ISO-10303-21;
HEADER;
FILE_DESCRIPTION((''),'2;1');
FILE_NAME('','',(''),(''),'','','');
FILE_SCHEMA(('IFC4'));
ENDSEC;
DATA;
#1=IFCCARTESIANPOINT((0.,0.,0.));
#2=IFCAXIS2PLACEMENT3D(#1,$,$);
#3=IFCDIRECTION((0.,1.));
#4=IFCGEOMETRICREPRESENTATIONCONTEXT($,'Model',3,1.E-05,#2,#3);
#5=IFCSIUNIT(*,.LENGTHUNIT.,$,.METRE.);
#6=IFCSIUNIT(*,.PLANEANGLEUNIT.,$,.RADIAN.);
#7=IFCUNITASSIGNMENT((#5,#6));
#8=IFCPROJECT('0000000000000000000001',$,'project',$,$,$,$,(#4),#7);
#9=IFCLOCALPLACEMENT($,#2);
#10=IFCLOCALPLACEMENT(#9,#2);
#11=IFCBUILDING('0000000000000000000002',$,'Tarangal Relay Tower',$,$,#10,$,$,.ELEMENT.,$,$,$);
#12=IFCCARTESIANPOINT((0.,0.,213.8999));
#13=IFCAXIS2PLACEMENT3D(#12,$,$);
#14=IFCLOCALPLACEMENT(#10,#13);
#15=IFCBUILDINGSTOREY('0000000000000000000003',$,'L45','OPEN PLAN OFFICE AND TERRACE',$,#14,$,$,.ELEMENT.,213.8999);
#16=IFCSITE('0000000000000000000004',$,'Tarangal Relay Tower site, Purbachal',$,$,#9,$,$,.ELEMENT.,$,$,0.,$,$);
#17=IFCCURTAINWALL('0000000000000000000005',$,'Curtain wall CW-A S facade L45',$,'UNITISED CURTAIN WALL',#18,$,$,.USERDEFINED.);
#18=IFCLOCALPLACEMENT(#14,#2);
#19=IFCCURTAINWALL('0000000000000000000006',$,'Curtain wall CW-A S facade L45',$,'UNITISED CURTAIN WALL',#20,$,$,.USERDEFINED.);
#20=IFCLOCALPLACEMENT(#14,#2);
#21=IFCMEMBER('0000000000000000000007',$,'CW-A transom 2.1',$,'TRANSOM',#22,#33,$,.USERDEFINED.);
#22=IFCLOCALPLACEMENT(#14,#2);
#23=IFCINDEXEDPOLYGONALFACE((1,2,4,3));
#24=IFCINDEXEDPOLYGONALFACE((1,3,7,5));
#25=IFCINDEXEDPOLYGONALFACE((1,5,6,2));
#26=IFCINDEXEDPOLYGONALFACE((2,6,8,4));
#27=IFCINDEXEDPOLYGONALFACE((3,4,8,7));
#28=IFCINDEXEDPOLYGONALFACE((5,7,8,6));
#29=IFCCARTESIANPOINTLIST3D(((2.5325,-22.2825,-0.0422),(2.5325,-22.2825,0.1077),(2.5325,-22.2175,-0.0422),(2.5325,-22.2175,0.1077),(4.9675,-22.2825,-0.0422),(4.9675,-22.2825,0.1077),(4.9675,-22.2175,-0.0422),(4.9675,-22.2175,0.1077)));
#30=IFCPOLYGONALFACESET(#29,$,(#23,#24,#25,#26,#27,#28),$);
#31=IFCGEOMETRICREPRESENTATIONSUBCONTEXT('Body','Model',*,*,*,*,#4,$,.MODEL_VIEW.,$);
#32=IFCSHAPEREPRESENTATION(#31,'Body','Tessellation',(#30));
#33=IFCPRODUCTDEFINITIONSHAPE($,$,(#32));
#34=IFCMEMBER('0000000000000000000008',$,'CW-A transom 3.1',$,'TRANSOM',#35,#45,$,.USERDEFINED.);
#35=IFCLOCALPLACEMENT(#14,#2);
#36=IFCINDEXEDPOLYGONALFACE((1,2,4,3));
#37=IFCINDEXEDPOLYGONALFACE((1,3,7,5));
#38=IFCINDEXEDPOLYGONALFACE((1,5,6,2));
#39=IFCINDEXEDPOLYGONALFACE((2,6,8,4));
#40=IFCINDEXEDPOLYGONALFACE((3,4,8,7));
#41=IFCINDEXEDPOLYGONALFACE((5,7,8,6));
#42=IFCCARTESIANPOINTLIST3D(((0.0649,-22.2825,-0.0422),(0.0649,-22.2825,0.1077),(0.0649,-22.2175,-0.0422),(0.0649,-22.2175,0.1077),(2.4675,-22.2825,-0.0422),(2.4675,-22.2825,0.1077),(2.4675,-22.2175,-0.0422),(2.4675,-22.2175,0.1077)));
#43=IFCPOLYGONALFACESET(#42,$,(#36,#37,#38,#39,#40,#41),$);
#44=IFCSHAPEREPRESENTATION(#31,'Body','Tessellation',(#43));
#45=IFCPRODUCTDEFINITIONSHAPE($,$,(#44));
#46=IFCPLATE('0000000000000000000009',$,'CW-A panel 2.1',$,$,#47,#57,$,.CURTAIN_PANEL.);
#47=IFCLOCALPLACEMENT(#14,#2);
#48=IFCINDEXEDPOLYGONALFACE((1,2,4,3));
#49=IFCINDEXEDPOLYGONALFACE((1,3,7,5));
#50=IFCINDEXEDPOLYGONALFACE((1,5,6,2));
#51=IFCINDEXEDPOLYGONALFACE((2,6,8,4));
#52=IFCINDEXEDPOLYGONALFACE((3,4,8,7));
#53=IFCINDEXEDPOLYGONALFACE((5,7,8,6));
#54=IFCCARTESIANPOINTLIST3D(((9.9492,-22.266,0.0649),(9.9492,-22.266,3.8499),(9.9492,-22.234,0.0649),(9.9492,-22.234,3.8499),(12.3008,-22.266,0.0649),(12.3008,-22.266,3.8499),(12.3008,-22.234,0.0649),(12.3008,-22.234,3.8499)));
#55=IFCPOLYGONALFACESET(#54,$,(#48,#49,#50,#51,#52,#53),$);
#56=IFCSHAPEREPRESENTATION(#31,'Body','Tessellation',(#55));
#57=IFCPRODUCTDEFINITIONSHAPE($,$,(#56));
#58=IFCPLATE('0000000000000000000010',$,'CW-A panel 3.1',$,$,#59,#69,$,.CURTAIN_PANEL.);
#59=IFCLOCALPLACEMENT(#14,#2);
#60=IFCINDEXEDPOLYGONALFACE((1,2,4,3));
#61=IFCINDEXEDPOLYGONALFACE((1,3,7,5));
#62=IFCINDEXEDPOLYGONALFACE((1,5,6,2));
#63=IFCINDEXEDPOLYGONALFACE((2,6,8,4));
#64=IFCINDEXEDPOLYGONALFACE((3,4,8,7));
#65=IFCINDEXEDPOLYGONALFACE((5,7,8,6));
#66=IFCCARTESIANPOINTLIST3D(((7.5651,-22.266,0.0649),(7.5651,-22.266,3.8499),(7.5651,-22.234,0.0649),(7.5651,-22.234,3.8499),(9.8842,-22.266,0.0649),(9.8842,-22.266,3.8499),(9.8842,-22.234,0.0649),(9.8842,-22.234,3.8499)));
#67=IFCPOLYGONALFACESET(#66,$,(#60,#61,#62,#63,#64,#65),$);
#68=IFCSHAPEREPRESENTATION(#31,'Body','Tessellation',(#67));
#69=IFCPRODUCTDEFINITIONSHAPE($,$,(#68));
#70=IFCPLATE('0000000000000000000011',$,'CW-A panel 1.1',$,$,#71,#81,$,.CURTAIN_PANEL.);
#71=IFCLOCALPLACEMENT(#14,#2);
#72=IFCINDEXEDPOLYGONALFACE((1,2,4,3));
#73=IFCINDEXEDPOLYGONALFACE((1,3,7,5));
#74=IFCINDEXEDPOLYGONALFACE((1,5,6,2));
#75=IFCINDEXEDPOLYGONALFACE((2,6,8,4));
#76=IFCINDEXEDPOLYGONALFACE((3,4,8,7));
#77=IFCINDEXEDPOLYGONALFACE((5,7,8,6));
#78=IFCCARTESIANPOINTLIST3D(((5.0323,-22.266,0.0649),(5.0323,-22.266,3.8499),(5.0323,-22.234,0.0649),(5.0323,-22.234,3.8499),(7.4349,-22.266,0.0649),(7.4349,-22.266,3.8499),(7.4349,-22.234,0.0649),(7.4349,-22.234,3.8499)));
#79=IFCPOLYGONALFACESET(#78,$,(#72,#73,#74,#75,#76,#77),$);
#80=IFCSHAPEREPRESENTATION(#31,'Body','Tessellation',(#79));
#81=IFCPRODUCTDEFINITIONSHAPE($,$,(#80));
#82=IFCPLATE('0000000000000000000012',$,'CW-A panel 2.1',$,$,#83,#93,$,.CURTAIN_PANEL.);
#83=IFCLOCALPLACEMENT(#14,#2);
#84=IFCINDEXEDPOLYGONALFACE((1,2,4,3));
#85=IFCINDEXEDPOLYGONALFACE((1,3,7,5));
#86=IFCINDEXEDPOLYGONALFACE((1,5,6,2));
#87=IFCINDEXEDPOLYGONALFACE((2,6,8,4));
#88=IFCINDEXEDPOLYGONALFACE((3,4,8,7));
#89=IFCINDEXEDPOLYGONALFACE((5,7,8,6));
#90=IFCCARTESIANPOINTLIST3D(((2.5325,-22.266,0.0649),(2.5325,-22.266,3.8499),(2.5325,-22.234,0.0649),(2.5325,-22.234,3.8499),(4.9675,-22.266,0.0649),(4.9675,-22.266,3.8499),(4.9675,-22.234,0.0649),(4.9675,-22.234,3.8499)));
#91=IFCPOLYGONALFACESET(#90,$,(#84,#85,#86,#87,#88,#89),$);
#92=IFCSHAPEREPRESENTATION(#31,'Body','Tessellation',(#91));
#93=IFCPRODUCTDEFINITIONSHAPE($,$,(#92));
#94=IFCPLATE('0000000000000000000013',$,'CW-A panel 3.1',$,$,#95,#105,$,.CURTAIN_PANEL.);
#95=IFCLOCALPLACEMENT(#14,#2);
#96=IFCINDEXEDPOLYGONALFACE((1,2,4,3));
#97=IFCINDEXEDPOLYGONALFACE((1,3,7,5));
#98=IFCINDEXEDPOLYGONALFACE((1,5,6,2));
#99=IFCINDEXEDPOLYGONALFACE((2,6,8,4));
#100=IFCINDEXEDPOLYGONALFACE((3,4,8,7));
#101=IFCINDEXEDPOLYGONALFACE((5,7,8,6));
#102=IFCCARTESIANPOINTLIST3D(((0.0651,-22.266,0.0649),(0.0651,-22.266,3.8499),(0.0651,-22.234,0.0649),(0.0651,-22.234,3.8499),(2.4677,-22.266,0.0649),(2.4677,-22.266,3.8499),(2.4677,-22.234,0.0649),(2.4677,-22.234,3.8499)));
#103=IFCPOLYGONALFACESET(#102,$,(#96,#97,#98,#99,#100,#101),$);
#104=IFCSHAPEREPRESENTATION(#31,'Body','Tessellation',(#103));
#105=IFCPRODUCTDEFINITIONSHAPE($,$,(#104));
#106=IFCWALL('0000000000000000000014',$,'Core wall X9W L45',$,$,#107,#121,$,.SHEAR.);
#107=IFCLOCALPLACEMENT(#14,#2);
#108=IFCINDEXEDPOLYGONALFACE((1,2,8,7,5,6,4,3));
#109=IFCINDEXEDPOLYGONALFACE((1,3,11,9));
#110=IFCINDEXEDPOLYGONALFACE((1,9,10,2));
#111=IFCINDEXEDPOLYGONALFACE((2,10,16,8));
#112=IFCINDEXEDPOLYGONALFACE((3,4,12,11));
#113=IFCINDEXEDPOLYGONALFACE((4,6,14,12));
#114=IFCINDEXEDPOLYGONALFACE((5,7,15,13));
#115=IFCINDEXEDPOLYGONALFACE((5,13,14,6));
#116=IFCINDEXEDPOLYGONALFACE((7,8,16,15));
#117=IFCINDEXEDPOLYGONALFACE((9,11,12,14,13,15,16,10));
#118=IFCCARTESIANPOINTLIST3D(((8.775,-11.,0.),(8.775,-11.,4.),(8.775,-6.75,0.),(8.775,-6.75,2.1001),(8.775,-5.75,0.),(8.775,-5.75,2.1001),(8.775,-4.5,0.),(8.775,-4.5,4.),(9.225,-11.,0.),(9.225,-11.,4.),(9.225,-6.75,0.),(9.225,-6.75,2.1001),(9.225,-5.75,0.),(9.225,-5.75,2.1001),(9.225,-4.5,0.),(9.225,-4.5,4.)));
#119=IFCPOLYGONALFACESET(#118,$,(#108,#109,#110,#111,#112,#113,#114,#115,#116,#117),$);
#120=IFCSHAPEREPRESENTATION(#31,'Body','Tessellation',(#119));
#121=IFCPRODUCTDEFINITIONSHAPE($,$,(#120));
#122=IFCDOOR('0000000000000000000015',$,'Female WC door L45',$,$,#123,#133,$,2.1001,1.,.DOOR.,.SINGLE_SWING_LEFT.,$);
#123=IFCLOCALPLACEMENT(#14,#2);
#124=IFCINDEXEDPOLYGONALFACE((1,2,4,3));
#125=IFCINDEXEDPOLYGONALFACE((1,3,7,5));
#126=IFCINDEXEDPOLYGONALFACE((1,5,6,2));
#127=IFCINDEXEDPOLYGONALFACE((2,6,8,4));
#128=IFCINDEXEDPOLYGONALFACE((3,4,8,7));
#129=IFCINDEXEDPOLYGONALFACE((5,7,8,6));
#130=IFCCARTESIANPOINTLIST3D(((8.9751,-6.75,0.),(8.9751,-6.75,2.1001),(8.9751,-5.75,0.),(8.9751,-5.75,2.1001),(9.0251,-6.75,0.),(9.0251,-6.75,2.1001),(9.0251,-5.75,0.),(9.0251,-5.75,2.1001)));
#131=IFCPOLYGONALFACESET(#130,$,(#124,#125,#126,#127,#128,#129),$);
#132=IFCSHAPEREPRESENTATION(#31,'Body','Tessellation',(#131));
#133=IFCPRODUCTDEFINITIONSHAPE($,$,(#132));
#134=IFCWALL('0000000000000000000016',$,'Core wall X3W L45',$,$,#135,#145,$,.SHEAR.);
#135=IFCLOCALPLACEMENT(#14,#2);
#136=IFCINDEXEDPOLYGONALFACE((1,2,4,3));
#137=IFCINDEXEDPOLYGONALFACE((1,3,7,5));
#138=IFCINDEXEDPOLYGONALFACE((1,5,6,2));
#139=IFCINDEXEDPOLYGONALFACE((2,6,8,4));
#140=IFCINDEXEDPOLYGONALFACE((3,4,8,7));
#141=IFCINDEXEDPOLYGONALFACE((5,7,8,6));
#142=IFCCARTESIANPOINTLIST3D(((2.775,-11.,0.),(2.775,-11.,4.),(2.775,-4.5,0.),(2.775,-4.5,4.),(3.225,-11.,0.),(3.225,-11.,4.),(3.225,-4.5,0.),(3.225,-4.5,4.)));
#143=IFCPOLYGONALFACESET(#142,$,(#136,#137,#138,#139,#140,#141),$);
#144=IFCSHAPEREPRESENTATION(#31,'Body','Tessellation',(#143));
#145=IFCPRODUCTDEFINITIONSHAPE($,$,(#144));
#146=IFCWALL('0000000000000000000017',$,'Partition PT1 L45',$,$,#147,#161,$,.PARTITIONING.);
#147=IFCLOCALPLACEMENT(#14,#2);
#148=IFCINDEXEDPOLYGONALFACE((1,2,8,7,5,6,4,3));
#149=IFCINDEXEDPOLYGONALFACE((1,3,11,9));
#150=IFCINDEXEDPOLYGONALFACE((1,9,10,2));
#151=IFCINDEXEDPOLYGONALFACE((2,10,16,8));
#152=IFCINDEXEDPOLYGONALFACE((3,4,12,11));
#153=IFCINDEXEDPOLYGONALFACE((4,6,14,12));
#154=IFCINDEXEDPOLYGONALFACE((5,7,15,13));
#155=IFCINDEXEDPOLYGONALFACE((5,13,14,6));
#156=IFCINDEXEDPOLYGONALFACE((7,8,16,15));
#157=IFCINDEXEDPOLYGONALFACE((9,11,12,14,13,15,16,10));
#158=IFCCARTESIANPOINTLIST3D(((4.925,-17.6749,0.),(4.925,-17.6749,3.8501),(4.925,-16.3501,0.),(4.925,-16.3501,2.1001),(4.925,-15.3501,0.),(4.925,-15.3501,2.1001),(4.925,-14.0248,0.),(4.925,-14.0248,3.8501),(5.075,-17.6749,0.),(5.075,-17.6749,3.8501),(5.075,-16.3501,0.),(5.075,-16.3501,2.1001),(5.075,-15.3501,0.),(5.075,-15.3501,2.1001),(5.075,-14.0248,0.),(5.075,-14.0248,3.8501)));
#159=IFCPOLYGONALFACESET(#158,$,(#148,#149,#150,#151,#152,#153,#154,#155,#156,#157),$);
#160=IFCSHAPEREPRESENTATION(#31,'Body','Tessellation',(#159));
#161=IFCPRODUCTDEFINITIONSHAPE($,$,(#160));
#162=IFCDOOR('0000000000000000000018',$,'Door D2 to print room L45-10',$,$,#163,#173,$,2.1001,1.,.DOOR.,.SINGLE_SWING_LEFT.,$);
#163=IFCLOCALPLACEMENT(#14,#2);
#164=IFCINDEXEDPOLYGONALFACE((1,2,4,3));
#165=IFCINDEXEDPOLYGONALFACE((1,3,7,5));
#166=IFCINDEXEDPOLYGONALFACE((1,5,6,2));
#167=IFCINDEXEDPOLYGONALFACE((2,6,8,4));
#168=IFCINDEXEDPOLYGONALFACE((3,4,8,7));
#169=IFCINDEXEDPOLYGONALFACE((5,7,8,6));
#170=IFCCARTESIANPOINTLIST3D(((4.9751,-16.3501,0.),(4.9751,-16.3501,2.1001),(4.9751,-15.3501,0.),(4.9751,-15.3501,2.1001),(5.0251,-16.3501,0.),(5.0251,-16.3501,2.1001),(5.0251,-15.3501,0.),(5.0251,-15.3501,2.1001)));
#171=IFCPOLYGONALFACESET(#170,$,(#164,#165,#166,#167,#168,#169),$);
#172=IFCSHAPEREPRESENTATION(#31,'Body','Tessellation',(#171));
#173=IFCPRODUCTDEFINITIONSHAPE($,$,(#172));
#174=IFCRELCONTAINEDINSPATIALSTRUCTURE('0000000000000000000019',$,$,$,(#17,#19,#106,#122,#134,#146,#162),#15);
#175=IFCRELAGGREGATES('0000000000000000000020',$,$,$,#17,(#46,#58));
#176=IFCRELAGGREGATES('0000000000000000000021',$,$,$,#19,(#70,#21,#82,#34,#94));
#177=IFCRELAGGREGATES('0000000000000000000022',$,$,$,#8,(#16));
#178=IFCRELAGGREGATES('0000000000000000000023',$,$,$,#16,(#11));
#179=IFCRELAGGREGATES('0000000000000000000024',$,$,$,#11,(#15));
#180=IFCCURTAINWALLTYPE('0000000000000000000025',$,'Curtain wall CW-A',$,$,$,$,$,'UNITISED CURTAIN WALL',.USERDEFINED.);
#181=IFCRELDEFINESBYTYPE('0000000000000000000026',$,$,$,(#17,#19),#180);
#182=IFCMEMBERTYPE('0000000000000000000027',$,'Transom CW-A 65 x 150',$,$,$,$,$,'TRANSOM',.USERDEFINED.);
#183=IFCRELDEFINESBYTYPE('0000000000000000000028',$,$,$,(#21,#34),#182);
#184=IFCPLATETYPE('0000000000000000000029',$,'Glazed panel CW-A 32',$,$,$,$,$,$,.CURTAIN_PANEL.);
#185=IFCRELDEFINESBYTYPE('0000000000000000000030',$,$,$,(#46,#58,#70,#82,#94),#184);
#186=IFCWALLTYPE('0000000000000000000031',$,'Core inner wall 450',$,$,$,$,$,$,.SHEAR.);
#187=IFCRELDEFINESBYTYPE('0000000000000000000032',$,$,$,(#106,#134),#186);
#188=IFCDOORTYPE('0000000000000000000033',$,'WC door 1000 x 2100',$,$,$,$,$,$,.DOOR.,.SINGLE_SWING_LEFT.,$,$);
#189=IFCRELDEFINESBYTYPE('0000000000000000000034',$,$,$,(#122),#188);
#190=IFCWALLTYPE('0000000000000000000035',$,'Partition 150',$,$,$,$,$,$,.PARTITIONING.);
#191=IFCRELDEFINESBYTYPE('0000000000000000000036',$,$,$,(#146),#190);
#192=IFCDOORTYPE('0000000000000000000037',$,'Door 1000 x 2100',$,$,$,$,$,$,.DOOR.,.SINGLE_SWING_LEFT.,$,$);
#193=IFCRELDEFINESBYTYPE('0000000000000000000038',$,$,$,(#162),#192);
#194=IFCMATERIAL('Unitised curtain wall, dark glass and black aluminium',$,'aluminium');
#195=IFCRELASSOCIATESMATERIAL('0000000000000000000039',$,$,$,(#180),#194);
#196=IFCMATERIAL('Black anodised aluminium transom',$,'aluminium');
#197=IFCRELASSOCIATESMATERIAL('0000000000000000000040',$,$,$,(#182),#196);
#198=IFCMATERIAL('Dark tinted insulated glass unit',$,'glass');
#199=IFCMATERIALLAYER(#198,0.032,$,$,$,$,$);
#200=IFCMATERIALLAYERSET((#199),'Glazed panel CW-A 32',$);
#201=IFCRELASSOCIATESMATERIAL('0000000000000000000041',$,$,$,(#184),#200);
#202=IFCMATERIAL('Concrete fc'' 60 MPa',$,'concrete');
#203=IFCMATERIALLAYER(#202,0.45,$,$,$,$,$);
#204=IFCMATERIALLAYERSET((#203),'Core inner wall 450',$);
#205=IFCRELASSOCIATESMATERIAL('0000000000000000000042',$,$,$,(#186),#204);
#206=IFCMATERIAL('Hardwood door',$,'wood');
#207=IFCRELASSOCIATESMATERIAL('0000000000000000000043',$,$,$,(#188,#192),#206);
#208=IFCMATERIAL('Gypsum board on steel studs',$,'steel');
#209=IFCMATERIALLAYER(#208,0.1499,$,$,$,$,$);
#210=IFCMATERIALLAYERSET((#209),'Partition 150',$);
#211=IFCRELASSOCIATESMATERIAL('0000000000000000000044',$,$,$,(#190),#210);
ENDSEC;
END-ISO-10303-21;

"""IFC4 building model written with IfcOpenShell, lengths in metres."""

from ifc_helpers import new_model, si_unit, direction, frame, frame_2d, origin, origin_2d, place, context, subcontext, project, spatial, rectangle, extrude, material, layer, layer_set, material_profile, profile_set, type_object, element, fill, aggregate, save


model = new_model("IFC4")

# Units and contexts
model_context = context("Model", 3, precision=1e-05, world=origin(), true_north=direction((0.0, 1.0)))
body_context = subcontext(model_context, "Body", "Model", "MODEL_VIEW")
ifc_project = project(units=[si_unit("LENGTHUNIT", "METRE"), si_unit("PLANEANGLEUNIT", "RADIAN")], contexts=[model_context])

# Site, building, storey
site_placement = place(None, origin())
site = spatial("IfcSite", under=ifc_project, at=site_placement, Name="Tarangal Relay Tower site, Purbachal", CompositionType="ELEMENT", RefElevation=0.0)
building_placement = place(site_placement, origin())
building = spatial("IfcBuilding", under=site, at=building_placement, Name="Tarangal Relay Tower", CompositionType="ELEMENT")
storey_placement = place(building_placement, frame((0.0, 0.0, 213.8999)))
storey = spatial("IfcBuildingStorey", under=building, at=storey_placement, Name="L45", Description="OPEN PLAN OFFICE AND TERRACE", CompositionType="ELEMENT", Elevation=213.8999)

# Curtain walls
ifc_material_1 = material(Name="Unitised curtain wall, dark glass and black aluminium", Category="aluminium")
curtain_wall_type = type_object("IfcCurtainWallType", Name="Curtain wall CW-A", ElementType="UNITISED CURTAIN WALL", PredefinedType="USERDEFINED", material=ifc_material_1)
curtain_wall_1_placement = place(storey_placement, origin())
curtain_wall_1 = element("IfcCurtainWall", 1, at=curtain_wall_1_placement, inside=storey, type_object=curtain_wall_type, Name="Curtain wall CW-A S facade L45", ObjectType="UNITISED CURTAIN WALL", PredefinedType="USERDEFINED")
curtain_wall_2_placement = place(storey_placement, origin())
curtain_wall_2 = element("IfcCurtainWall", 2, at=curtain_wall_2_placement, inside=storey, type_object=curtain_wall_type, Name="Curtain wall CW-A S facade L45", ObjectType="UNITISED CURTAIN WALL", PredefinedType="USERDEFINED")

# Members
ifc_material_2 = material(Name="Black anodised aluminium transom", Category="aluminium")
ifc_material_profile_1 = material_profile(ifc_material_2, rectangle(XDim=0.0649, YDim=0.1499, at=origin_2d()), Name="CW-AT 65X150")
ifc_profile_set_1 = profile_set([ifc_material_profile_1], Name="Black anodised aluminium transom")
member_type_1 = type_object("IfcMemberType", Name="Transom CW-A 65 x 150", ElementType="TRANSOM", PredefinedType="USERDEFINED", material=ifc_profile_set_1)
member_1_placement = place(storey_placement, frame((4.9675, -22.25, 0.0327), z_axis=(-1.0, 0.0, 0.0), x_axis=(0.0, -1.0, 0.0)))
member_1 = element("IfcMember", 3, at=member_1_placement, type_object=member_type_1, Name="CW-A transom 2.1", ObjectType="TRANSOM", PredefinedType="USERDEFINED", context=body_context, shape_type="SweptSolid", body=[
    extrude(rectangle(XDim=0.0649, YDim=0.1499, at=origin_2d()), origin(), (0.0, 0.0, 1.0), 2.4351),
])
member_2_placement = place(storey_placement, frame((2.4675, -22.25, 0.0327), z_axis=(-1.0, 0.0, 0.0), x_axis=(0.0, -1.0, 0.0)))
member_2 = element("IfcMember", 4, at=member_2_placement, type_object=member_type_1, Name="CW-A transom 3.1", ObjectType="TRANSOM", PredefinedType="USERDEFINED", context=body_context, shape_type="SweptSolid", body=[
    extrude(rectangle(XDim=0.0649, YDim=0.1499, at=origin_2d()), origin(), (0.0, 0.0, 1.0), 2.4026),
])

# Plates
ifc_material_3 = material(Name="Dark tinted insulated glass unit", Category="glass")
ifc_layer_1 = layer(ifc_material_3, 0.032)
ifc_layer_set_1 = layer_set([ifc_layer_1], Name="Glazed panel CW-A 32")
plate_type = type_object("IfcPlateType", Name="Glazed panel CW-A 32", PredefinedType="CURTAIN_PANEL", material=ifc_layer_set_1)
plate_1_placement = place(storey_placement, frame((11.125, -22.25, 0.0649), z_axis=(0.0, 0.0, 1.0), x_axis=(-1.0, 0.0, 0.0)))
plate_1 = element("IfcPlate", 5, at=plate_1_placement, type_object=plate_type, Name="CW-A panel 2.1", PredefinedType="CURTAIN_PANEL", context=body_context, shape_type="SweptSolid", body=[
    extrude(rectangle(XDim=2.3516, YDim=0.032, at=origin_2d()), origin(), (0.0, 0.0, 1.0), 3.7849),
])
plate_2_placement = place(storey_placement, frame((8.7246, -22.25, 0.0649), z_axis=(0.0, 0.0, 1.0), x_axis=(-1.0, 0.0, 0.0)))
plate_2 = element("IfcPlate", 6, at=plate_2_placement, type_object=plate_type, Name="CW-A panel 3.1", PredefinedType="CURTAIN_PANEL", context=body_context, shape_type="SweptSolid", body=[
    extrude(rectangle(XDim=2.3191, YDim=0.032, at=origin_2d()), origin(), (0.0, 0.0, 1.0), 3.7849),
])
aggregate(curtain_wall_1, [plate_1, plate_2])
plate_3_placement = place(storey_placement, frame((6.2336, -22.25, 0.0649), z_axis=(0.0, 0.0, 1.0), x_axis=(-1.0, 0.0, 0.0)))
plate_3 = element("IfcPlate", 7, at=plate_3_placement, type_object=plate_type, Name="CW-A panel 1.1", PredefinedType="CURTAIN_PANEL", context=body_context, shape_type="SweptSolid", body=[
    extrude(rectangle(XDim=2.4026, YDim=0.032, at=origin_2d()), origin(), (0.0, 0.0, 1.0), 3.7849),
])
plate_4_placement = place(storey_placement, frame((3.75, -22.25, 0.0649), z_axis=(0.0, 0.0, 1.0), x_axis=(-1.0, 0.0, 0.0)))
plate_4 = element("IfcPlate", 8, at=plate_4_placement, type_object=plate_type, Name="CW-A panel 2.1", PredefinedType="CURTAIN_PANEL", context=body_context, shape_type="SweptSolid", body=[
    extrude(rectangle(XDim=2.4351, YDim=0.032, at=origin_2d()), origin(), (0.0, 0.0, 1.0), 3.7849),
])
plate_5_placement = place(storey_placement, frame((1.2664, -22.25, 0.0649), z_axis=(0.0, 0.0, 1.0), x_axis=(-1.0, 0.0, 0.0)))
plate_5 = element("IfcPlate", 9, at=plate_5_placement, type_object=plate_type, Name="CW-A panel 3.1", PredefinedType="CURTAIN_PANEL", context=body_context, shape_type="SweptSolid", body=[
    extrude(rectangle(XDim=2.4026, YDim=0.032, at=origin_2d()), origin(), (0.0, 0.0, 1.0), 3.7849),
])
aggregate(curtain_wall_2, [plate_3, member_1, plate_4, member_2, plate_5])

# Wall, opening, door
ifc_material_4 = material(Name="Concrete fc' 60 MPa", Category="concrete")
ifc_layer_2 = layer(ifc_material_4, 0.45)
ifc_layer_set_2 = layer_set([ifc_layer_2], Name="Core inner wall 450")
wall_type_1 = type_object("IfcWallType", Name="Core inner wall 450", PredefinedType="SHEAR", material=ifc_layer_set_2)
wall_1_placement = place(storey_placement, frame((9.0, -11.0, 0.0), z_axis=(0.0, 0.0, 1.0), x_axis=(0.0, 1.0, 0.0)))
wall_1 = element("IfcWall", 10, at=wall_1_placement, inside=storey, type_object=wall_type_1, Name="Core wall X9W L45", PredefinedType="SHEAR", context=body_context, shape_type="SweptSolid", body=[
    extrude(rectangle(XDim=6.5, YDim=0.45, at=frame_2d((3.25, 0.0))), origin(), (0.0, 0.0, 1.0), 4.0),
])
opening_1_placement = place(wall_1_placement, frame((4.25, 0.0, 0.0)))
opening_1 = element("IfcOpeningElement", 11, at=opening_1_placement, cuts=wall_1, PredefinedType="OPENING", context=body_context, shape_type="SweptSolid", body=[
    extrude(rectangle(XDim=1.0, YDim=2.1001, at=frame_2d((0.5, 1.05))), frame((0.0, 0.2349, 0.0), z_axis=(0.0, -1.0, 0.0), x_axis=(1.0, 0.0, 0.0)), (0.0, 0.0, 1.0), 0.47),
])
ifc_material_5 = material(Name="Hardwood door", Category="wood")
door_type_1 = type_object("IfcDoorType", Name="WC door 1000 x 2100", OperationType="SINGLE_SWING_LEFT", PredefinedType="DOOR", material=ifc_material_5)
door_1_placement = place(opening_1_placement, origin())
door_1 = element("IfcDoor", 12, at=door_1_placement, inside=storey, type_object=door_type_1, Name="Female WC door L45", OperationType="SINGLE_SWING_LEFT", OverallHeight=2.1001, OverallWidth=1.0, PredefinedType="DOOR", context=body_context, shape_type="SweptSolid", body=[
    extrude(rectangle(XDim=1.0, YDim=2.1001, at=frame_2d((0.5, 1.05))), frame((0.0, 0.0249, 0.0), z_axis=(0.0, -1.0, 0.0), x_axis=(1.0, 0.0, 0.0)), (0.0, 0.0, 1.0), 0.05),
])
fill(opening_1, door_1)

# Wall
wall_2_placement = place(storey_placement, frame((3.0, -11.0, 0.0), z_axis=(0.0, 0.0, 1.0), x_axis=(0.0, 1.0, 0.0)))
element("IfcWall", 13, at=wall_2_placement, inside=storey, type_object=wall_type_1, Name="Core wall X3W L45", PredefinedType="SHEAR", context=body_context, shape_type="SweptSolid", body=[
    extrude(rectangle(XDim=6.5, YDim=0.45, at=frame_2d((3.25, 0.0))), origin(), (0.0, 0.0, 1.0), 4.0),
])

# Wall, opening, door
ifc_material_6 = material(Name="Gypsum board on steel studs", Category="steel")
ifc_layer_3 = layer(ifc_material_6, 0.1499)
ifc_layer_set_3 = layer_set([ifc_layer_3], Name="Partition 150")
wall_type_2 = type_object("IfcWallType", Name="Partition 150", PredefinedType="PARTITIONING", material=ifc_layer_set_3)
wall_3_placement = place(storey_placement, frame((5.0, -17.675, 0.0), z_axis=(0.0, 0.0, 1.0), x_axis=(0.0, 1.0, 0.0)))
wall_3 = element("IfcWall", 14, at=wall_3_placement, inside=storey, type_object=wall_type_2, Name="Partition PT1 L45", PredefinedType="PARTITIONING", context=body_context, shape_type="SweptSolid", body=[
    extrude(rectangle(XDim=3.6501, YDim=0.1499, at=frame_2d((1.8252, 0.0))), origin(), (0.0, 0.0, 1.0), 3.8501),
])
opening_2_placement = place(wall_3_placement, frame((1.325, 0.0, 0.0)))
opening_2 = element("IfcOpeningElement", 15, at=opening_2_placement, cuts=wall_3, PredefinedType="OPENING", context=body_context, shape_type="SweptSolid", body=[
    extrude(rectangle(XDim=1.0, YDim=2.1001, at=frame_2d((0.5, 1.05))), frame((0.0, 0.085, 0.0), z_axis=(0.0, -1.0, 0.0), x_axis=(1.0, 0.0, 0.0)), (0.0, 0.0, 1.0), 0.1699),
])
door_type_2 = type_object("IfcDoorType", Name="Door 1000 x 2100", OperationType="SINGLE_SWING_LEFT", PredefinedType="DOOR", material=ifc_material_5)
door_2_placement = place(opening_2_placement, origin())
door_2 = element("IfcDoor", 16, at=door_2_placement, inside=storey, type_object=door_type_2, Name="Door D2 to print room L45-10", OperationType="SINGLE_SWING_LEFT", OverallHeight=2.1001, OverallWidth=1.0, PredefinedType="DOOR", context=body_context, shape_type="SweptSolid", body=[
    extrude(rectangle(XDim=1.0, YDim=2.1001, at=frame_2d((0.5, 1.05))), frame((0.0, 0.0249, 0.0), z_axis=(0.0, -1.0, 0.0), x_axis=(1.0, 0.0, 0.0)), (0.0, 0.0, 1.0), 0.05),
])
fill(opening_2, door_2)

save(model, "model.ifc")
